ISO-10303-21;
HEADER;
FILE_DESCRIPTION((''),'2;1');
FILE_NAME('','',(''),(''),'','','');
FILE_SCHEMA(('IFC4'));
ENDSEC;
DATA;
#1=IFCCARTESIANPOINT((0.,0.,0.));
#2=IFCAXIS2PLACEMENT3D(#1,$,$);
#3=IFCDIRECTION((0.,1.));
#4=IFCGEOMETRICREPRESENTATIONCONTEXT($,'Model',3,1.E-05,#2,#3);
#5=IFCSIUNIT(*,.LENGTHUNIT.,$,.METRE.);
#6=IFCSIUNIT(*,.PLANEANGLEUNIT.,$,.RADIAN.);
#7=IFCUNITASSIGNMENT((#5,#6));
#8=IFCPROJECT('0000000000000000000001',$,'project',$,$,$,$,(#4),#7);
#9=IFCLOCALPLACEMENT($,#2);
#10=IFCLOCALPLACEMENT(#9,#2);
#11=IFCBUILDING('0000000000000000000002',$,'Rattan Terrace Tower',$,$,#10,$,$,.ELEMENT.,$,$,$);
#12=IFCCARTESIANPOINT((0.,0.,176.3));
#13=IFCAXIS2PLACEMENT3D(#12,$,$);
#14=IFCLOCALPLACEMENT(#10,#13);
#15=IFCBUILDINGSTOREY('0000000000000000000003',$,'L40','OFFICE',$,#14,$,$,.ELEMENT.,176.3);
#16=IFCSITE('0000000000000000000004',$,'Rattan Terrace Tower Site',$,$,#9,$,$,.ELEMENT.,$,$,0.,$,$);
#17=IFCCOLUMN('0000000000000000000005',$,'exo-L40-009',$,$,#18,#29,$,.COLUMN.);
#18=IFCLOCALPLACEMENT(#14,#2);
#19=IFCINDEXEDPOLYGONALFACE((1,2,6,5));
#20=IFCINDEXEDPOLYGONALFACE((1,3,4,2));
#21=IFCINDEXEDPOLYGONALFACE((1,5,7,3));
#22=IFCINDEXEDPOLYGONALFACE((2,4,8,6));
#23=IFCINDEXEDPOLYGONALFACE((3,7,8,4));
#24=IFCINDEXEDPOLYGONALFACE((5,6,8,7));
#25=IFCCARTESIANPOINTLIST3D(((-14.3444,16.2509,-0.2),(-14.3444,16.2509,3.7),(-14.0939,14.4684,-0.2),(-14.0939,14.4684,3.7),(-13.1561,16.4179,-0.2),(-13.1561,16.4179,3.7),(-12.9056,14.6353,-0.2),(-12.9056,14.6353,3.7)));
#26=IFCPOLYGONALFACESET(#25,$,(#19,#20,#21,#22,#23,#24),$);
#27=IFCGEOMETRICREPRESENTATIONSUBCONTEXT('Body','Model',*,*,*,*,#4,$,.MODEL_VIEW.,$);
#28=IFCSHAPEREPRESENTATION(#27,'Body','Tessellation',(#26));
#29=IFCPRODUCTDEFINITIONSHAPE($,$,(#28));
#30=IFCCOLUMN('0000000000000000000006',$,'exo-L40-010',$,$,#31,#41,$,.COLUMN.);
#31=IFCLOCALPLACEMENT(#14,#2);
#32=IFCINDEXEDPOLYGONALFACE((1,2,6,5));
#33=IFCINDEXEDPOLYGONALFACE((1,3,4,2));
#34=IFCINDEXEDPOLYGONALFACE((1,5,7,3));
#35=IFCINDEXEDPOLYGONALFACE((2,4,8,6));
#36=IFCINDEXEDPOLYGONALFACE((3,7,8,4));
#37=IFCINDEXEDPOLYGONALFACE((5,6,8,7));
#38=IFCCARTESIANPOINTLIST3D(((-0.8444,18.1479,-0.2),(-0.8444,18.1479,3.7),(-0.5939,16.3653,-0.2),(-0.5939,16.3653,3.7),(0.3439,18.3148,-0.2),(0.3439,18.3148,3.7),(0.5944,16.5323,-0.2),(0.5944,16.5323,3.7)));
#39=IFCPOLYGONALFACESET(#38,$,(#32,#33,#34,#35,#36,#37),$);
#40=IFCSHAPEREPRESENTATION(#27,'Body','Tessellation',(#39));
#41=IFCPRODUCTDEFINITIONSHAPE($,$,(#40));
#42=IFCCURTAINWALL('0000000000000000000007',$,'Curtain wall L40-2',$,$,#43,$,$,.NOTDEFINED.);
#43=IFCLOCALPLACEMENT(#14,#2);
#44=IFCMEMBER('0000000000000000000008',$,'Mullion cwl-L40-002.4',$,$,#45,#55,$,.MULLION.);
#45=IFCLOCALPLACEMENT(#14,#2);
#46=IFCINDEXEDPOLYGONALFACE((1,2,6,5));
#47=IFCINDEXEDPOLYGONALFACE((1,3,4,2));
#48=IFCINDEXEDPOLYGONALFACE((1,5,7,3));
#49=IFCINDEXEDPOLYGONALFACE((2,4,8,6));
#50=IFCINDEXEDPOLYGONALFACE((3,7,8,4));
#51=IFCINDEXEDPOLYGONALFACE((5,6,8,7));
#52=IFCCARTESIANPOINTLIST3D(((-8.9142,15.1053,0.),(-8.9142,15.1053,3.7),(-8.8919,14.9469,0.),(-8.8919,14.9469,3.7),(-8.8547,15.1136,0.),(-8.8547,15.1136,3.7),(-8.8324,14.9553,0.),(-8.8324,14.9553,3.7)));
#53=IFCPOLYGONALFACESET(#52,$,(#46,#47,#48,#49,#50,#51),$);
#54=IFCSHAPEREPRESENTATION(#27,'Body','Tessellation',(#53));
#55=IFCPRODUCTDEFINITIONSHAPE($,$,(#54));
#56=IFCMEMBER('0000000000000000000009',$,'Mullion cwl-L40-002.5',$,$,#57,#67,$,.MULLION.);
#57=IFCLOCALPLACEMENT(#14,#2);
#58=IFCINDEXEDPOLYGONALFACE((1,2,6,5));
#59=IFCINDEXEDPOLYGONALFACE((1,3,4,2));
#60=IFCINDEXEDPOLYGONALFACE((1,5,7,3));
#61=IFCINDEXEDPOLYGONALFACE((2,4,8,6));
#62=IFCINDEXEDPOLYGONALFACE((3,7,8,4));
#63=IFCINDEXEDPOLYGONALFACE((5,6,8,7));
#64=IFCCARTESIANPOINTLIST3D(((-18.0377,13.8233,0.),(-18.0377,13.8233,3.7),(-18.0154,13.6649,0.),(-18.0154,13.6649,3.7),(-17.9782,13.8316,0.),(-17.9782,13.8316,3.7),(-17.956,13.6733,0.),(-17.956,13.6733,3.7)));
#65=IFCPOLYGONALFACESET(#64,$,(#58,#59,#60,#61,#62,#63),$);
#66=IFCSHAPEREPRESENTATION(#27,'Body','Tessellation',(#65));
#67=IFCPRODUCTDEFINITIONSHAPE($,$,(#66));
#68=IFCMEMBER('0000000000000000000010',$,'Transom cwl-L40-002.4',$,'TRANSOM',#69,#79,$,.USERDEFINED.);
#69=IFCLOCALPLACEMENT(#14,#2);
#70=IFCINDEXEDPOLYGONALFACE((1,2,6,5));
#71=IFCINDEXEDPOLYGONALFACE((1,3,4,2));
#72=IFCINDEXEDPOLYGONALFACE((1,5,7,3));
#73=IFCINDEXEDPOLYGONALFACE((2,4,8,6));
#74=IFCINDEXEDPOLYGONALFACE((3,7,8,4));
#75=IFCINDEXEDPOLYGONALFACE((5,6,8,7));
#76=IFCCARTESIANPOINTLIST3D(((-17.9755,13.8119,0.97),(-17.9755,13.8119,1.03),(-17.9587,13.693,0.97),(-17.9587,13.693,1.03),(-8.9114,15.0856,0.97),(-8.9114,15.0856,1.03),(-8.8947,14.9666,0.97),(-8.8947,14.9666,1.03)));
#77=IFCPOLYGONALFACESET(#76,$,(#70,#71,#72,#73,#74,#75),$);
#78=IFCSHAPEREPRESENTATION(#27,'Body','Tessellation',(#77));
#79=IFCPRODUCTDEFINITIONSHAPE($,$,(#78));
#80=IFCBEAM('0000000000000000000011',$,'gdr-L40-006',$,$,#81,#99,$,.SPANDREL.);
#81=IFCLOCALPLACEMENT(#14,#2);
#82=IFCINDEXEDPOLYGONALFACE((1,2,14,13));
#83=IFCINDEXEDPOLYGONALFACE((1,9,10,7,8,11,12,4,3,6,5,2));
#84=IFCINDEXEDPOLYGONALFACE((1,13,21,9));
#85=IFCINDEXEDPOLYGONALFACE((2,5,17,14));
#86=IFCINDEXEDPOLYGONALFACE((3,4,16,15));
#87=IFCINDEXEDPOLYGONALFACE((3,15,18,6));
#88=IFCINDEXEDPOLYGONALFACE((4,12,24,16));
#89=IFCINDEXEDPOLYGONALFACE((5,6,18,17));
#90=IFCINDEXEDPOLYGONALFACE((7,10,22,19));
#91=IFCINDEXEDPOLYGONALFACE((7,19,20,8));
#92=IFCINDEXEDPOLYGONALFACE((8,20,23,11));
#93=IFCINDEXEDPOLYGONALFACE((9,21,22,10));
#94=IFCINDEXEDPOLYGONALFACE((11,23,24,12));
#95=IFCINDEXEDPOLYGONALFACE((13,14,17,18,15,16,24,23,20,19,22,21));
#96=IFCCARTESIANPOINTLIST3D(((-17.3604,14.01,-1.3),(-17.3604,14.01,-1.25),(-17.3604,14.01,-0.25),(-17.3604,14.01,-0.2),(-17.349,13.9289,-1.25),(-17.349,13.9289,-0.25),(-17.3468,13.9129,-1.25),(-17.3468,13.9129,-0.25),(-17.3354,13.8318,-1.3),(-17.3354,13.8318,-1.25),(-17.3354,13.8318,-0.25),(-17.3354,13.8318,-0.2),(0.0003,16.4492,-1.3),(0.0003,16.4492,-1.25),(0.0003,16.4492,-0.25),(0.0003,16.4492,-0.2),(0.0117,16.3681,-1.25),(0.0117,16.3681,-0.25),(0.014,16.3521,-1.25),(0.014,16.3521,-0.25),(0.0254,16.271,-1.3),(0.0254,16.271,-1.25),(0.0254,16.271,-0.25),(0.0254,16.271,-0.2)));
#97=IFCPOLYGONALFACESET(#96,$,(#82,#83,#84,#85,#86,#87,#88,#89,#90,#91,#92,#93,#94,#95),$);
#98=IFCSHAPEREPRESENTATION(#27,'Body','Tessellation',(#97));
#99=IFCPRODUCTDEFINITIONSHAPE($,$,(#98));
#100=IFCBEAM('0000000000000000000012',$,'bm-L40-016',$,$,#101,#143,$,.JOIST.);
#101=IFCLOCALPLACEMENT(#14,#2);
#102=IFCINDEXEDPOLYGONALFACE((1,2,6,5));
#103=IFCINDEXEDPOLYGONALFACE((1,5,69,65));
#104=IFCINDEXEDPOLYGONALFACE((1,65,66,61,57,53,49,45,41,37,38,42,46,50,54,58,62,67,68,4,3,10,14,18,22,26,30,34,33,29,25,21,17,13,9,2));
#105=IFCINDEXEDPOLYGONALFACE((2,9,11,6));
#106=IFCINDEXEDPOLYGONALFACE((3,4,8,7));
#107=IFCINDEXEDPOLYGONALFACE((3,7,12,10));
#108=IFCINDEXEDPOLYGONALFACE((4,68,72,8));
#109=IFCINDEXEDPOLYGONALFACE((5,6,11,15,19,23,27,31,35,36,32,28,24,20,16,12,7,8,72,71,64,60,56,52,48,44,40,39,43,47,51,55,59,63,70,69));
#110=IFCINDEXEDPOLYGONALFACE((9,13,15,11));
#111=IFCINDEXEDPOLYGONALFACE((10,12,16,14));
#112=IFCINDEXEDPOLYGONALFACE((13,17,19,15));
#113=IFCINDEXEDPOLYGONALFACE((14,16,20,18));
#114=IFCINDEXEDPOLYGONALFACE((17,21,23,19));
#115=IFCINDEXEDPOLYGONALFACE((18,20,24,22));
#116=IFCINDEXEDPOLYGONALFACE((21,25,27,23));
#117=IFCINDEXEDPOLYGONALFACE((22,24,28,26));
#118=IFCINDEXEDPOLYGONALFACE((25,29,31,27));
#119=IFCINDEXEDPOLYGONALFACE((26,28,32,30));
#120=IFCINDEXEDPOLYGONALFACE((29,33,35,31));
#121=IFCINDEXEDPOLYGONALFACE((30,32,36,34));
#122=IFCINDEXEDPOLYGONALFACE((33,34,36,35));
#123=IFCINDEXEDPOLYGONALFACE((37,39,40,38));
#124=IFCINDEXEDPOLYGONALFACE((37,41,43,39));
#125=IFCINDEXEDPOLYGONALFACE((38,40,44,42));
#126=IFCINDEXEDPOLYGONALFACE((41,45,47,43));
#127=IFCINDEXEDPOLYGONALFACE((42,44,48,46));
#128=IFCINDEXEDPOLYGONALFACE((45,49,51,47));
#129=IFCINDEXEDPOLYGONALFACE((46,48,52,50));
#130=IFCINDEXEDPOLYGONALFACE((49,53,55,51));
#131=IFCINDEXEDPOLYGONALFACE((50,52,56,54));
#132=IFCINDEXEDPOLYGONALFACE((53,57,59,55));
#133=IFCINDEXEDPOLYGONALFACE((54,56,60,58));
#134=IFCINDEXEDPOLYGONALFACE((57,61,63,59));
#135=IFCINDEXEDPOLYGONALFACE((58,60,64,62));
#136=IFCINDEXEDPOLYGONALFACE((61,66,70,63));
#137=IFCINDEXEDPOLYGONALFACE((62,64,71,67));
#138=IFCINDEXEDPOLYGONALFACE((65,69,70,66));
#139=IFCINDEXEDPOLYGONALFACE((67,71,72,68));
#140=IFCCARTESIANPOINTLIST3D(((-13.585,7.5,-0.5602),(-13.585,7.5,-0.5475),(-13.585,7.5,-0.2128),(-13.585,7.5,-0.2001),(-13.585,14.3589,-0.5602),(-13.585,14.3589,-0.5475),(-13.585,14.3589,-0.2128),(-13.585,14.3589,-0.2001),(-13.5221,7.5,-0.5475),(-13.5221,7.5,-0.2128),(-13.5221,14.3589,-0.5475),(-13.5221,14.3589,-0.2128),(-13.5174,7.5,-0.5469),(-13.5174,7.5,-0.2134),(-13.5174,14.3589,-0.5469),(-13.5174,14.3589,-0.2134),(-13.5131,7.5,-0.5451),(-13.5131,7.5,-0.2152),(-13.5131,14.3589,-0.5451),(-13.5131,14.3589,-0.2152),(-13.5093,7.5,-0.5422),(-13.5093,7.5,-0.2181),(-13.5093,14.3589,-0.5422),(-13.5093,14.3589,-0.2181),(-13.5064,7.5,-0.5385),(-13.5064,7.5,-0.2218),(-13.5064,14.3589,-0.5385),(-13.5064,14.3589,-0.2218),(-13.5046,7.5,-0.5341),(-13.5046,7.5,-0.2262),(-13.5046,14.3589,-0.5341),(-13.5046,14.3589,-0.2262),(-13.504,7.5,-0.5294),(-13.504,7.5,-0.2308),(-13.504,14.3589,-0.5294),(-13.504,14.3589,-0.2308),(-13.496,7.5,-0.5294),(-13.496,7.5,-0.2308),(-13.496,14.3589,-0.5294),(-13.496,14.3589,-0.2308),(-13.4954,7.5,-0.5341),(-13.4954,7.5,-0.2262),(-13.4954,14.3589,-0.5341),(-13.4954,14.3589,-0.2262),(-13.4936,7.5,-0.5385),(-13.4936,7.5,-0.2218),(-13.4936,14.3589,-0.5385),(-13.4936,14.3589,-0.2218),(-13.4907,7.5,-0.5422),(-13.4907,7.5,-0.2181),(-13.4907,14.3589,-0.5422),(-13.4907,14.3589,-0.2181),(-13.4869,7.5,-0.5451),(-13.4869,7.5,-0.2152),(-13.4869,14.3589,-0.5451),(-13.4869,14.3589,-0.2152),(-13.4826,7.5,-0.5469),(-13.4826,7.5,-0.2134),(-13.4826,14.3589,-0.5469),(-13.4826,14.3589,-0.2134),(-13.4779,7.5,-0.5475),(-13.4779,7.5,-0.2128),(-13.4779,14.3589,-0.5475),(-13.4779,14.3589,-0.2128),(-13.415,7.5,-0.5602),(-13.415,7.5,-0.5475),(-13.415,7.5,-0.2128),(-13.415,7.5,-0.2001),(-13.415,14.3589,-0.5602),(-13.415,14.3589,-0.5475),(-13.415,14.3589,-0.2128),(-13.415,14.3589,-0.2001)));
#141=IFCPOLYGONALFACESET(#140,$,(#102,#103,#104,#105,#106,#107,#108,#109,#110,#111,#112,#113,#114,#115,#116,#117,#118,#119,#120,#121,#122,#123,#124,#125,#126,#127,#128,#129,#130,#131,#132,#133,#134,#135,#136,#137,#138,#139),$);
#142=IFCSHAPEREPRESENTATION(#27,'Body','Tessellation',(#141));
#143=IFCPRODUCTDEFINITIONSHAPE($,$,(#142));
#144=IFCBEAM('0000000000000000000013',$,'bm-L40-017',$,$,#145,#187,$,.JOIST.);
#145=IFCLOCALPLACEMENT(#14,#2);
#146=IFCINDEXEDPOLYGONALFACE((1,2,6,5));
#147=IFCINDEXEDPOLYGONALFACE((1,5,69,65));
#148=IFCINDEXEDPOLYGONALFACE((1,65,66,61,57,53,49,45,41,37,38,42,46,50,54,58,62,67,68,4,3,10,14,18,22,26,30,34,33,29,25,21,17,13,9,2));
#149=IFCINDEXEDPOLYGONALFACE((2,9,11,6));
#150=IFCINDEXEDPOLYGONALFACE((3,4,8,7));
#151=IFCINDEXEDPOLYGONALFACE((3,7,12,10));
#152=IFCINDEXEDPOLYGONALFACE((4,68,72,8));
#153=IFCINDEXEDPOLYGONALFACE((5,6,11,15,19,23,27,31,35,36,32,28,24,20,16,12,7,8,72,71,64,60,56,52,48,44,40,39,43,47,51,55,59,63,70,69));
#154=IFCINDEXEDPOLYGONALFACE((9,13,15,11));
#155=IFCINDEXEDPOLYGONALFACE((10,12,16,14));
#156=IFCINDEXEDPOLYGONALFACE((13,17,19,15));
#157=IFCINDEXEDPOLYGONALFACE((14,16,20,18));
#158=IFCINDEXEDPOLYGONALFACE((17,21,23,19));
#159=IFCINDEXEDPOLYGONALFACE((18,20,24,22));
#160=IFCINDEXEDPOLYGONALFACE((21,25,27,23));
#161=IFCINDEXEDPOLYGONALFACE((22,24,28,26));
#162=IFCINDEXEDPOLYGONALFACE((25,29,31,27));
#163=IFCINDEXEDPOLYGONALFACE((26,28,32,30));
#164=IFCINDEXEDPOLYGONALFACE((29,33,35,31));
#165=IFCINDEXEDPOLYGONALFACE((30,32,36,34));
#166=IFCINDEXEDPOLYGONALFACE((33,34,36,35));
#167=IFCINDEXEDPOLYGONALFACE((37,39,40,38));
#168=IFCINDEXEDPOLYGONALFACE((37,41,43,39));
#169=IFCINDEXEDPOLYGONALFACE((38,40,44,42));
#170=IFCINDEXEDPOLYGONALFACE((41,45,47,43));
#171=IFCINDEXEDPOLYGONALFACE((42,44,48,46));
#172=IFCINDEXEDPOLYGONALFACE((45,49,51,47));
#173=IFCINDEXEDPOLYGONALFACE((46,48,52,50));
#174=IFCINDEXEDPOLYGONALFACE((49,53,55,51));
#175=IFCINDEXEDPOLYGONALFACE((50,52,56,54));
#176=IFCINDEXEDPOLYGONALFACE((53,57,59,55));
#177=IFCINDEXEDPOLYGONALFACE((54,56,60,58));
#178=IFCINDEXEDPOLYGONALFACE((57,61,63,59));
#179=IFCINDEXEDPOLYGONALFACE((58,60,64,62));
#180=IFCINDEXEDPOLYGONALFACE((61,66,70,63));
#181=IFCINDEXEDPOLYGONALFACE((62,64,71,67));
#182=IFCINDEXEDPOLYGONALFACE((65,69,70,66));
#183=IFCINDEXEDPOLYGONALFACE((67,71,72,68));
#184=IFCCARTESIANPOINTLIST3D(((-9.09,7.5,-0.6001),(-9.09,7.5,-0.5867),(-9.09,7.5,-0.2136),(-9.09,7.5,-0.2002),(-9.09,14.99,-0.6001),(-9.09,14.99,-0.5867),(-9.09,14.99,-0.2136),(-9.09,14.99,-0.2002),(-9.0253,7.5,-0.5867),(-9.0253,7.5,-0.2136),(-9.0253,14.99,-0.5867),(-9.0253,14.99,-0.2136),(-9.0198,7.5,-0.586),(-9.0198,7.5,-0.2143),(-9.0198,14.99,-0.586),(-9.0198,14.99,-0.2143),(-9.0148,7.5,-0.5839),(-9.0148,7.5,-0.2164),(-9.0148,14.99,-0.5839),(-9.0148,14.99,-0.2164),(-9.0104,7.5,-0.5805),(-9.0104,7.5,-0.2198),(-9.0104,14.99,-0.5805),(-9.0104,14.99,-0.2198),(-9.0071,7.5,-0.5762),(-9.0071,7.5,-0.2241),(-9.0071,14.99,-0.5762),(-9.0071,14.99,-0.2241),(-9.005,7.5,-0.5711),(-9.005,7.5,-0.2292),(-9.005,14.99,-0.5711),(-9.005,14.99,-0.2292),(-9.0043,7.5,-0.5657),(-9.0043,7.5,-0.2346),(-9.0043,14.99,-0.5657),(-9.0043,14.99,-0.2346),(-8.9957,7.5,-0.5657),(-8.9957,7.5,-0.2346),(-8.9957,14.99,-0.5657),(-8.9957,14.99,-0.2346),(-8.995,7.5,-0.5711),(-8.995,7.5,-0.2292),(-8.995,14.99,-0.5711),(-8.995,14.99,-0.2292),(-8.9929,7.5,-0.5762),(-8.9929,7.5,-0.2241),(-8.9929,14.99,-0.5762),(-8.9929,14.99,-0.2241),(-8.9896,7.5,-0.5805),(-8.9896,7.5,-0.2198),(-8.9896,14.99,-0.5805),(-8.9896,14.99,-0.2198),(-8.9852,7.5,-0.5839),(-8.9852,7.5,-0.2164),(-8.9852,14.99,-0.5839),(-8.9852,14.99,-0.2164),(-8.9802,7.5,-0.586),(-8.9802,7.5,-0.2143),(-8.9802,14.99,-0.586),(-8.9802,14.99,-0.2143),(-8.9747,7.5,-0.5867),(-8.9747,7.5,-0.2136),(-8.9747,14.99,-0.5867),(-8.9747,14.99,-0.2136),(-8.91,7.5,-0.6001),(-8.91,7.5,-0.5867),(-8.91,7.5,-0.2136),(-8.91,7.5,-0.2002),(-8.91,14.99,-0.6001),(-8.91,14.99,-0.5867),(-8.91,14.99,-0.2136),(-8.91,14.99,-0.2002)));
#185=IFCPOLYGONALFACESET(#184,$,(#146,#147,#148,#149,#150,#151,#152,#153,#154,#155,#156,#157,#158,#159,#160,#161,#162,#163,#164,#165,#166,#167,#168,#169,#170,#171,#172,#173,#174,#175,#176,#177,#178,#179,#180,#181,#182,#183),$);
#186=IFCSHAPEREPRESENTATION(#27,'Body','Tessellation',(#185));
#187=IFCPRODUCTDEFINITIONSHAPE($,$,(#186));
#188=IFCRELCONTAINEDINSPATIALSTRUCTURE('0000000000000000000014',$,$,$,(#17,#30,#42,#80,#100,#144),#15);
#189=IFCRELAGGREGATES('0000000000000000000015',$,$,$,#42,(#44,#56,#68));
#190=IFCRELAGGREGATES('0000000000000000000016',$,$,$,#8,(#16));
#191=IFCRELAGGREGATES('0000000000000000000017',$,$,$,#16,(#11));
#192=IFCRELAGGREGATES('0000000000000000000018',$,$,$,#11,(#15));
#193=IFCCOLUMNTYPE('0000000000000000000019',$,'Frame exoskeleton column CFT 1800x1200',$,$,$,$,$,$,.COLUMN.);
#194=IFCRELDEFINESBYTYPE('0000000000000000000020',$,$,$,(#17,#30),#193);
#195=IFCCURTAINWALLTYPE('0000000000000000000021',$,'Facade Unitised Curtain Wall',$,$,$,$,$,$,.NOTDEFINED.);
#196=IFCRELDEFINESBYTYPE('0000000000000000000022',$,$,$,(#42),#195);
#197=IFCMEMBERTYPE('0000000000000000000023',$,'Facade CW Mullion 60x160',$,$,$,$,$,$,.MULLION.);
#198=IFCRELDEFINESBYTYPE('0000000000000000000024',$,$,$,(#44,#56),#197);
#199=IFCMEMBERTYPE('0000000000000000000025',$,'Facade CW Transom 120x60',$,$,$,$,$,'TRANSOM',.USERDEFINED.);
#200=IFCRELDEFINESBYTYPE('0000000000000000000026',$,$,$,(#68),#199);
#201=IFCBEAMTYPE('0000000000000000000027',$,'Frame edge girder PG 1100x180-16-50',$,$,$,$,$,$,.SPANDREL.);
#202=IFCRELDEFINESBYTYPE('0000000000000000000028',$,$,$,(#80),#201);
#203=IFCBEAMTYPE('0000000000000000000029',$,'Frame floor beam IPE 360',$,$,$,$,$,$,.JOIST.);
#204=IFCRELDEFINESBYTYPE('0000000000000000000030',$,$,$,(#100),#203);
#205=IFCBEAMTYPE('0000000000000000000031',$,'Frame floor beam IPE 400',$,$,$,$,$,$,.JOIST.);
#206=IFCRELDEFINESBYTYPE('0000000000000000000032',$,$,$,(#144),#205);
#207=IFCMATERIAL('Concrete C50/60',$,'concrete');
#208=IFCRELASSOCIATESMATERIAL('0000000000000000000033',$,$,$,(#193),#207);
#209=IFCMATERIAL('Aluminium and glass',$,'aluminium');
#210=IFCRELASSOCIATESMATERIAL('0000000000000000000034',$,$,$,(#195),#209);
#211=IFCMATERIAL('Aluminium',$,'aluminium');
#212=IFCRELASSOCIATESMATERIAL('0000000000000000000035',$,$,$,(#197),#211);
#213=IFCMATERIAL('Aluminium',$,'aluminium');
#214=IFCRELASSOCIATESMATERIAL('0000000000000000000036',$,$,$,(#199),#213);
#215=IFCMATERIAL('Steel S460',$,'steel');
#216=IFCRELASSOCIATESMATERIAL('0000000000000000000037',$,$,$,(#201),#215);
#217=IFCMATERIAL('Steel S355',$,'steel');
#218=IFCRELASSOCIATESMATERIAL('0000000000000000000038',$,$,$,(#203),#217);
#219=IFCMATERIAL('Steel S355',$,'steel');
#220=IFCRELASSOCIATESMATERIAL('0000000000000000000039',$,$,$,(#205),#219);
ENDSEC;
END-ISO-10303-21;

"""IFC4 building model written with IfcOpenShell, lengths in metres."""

from ifc_helpers import new_model, si_unit, direction, frame, origin, origin_2d, place, context, subcontext, project, spatial, rectangle, i_section, extrude, material, material_profile, profile_set, type_object, element, aggregate, save


model = new_model("IFC4")

# Units and contexts
model_context = context("Model", 3, precision=1e-05, world=origin(), true_north=direction((0.0, 1.0)))
body_context = subcontext(model_context, "Body", "Model", "MODEL_VIEW")
ifc_project = project(units=[si_unit("LENGTHUNIT", "METRE"), si_unit("PLANEANGLEUNIT", "RADIAN")], contexts=[model_context])

# Site, building, storey
site_placement = place(None, origin())
site = spatial("IfcSite", under=ifc_project, at=site_placement, Name="Rattan Terrace Tower Site", CompositionType="ELEMENT", RefElevation=0.0)
building_placement = place(site_placement, origin())
building = spatial("IfcBuilding", under=site, at=building_placement, Name="Rattan Terrace Tower", CompositionType="ELEMENT")
storey_placement = place(building_placement, frame((0.0, 0.0, 176.3)))
storey = spatial("IfcBuildingStorey", under=building, at=storey_placement, Name="L40", Description="OFFICE", CompositionType="ELEMENT", Elevation=176.3)

# Columns
ifc_material_1 = material(Name="Concrete C50/60", Category="concrete")
ifc_material_profile_1 = material_profile(ifc_material_1, rectangle(XDim=1.2, YDim=1.8, at=origin_2d()), Name="CFT 1800x1200")
ifc_profile_set_1 = profile_set([ifc_material_profile_1], Name="Concrete C50/60")
column_type = type_object("IfcColumnType", Name="Frame exoskeleton column CFT 1800x1200", PredefinedType="COLUMN", material=ifc_profile_set_1)
for number, where, z_axis, x_axis, name in (
    (1, (-13.625, 15.4431, -0.2), (0.0, 0.0, 1.0), (0.99027, 0.139156, 0.0), "exo-L40-009"),
    (2, (-0.125, 17.3401, -0.2), (0.0, 0.0, 1.0), (0.99027, 0.139156, 0.0), "exo-L40-010"),
):
    element("IfcColumn", number, at=place(storey_placement, frame(where, z_axis=z_axis, x_axis=x_axis)), inside=storey, type_object=column_type, Name=name, PredefinedType="COLUMN", context=body_context, shape_type="SweptSolid", body=[
        extrude(rectangle(XDim=1.2, YDim=1.8, at=origin_2d()), origin(), (0.0, 0.0, 1.0), 3.8999),
    ])

# Curtain wall, members
ifc_material_2 = material(Name="Aluminium and glass", Category="aluminium")
curtain_wall_type = type_object("IfcCurtainWallType", Name="Facade Unitised Curtain Wall", PredefinedType="NOTDEFINED", material=ifc_material_2)
curtain_wall_placement = place(storey_placement, origin())
curtain_wall = element("IfcCurtainWall", 3, at=curtain_wall_placement, inside=storey, type_object=curtain_wall_type, Name="Curtain wall L40-2", PredefinedType="NOTDEFINED")
ifc_material_3 = material(Name="Aluminium", Category="aluminium")
ifc_material_profile_2 = material_profile(ifc_material_3, rectangle(XDim=0.0601, YDim=0.1599, at=origin_2d()), Name="Aluminium 60x160")
ifc_profile_set_2 = profile_set([ifc_material_profile_2], Name="Aluminium")
member_type_1 = type_object("IfcMemberType", Name="Facade CW Mullion 60x160", PredefinedType="MULLION", material=ifc_profile_set_2)
member_1_placement = place(storey_placement, frame((-8.8733, 15.0303, 0.0), z_axis=(0.0, 0.0, 1.0), x_axis=(-0.99027, -0.139161, 0.0)))
member_1 = element("IfcMember", 4, at=member_1_placement, type_object=member_type_1, Name="Mullion cwl-L40-002.4", PredefinedType="MULLION", context=body_context, shape_type="SweptSolid", body=[
    extrude(rectangle(XDim=0.0601, YDim=0.1599, at=origin_2d()), origin(), (0.0, 0.0, 1.0), 3.7),
])
member_2_placement = place(storey_placement, frame((-17.9968, 13.7483, 0.0), z_axis=(0.0, 0.0, 1.0), x_axis=(-0.99027, -0.139161, 0.0)))
member_2 = element("IfcMember", 5, at=member_2_placement, type_object=member_type_1, Name="Mullion cwl-L40-002.5", PredefinedType="MULLION", context=body_context, shape_type="SweptSolid", body=[
    extrude(rectangle(XDim=0.0601, YDim=0.1599, at=origin_2d()), origin(), (0.0, 0.0, 1.0), 3.7),
])
ifc_material_4 = material(Name="Aluminium", Category="aluminium")
ifc_material_profile_3 = material_profile(ifc_material_4, rectangle(XDim=0.1201, YDim=0.0601, at=origin_2d()), Name="Aluminium 120x60")
ifc_profile_set_3 = profile_set([ifc_material_profile_3], Name="Aluminium")
member_type_2 = type_object("IfcMemberType", Name="Facade CW Transom 120x60", ElementType="TRANSOM", PredefinedType="USERDEFINED", material=ifc_profile_set_3)
member_3_placement = place(storey_placement, frame((-8.9031, 15.0261, 1.0), z_axis=(-0.990271, -0.139154, 0.0), x_axis=(0.139154, -0.990271, 0.0)))
member_3 = element("IfcMember", 6, at=member_3_placement, type_object=member_type_2, Name="Transom cwl-L40-002.4", ObjectType="TRANSOM", PredefinedType="USERDEFINED", context=body_context, shape_type="SweptSolid", body=[
    extrude(rectangle(XDim=0.1201, YDim=0.0601, at=origin_2d()), origin(), (0.0, 0.0, 1.0), 9.1531),
])

# Beams
ifc_material_5 = material(Name="Steel S460", Category="steel")
ifc_material_profile_4 = material_profile(ifc_material_5, i_section(OverallWidth=0.1799, OverallDepth=1.1001, WebThickness=0.0161, FlangeThickness=0.05, at=origin_2d()), Name="PG 1100x180-16-50")
ifc_profile_set_4 = profile_set([ifc_material_profile_4], Name="Steel S460")
beam_type_1 = type_object("IfcBeamType", Name="Frame edge girder PG 1100x180-16-50", PredefinedType="SPANDREL", material=ifc_profile_set_4)
beam_1_placement = place(storey_placement, frame((-17.3479, 13.9209, -0.75), z_axis=(0.990274, 0.139134, 0.0), x_axis=(-0.139134, 0.990274, 0.0)))
element("IfcBeam", 7, at=beam_1_placement, inside=storey, type_object=beam_type_1, Name="gdr-L40-006", PredefinedType="SPANDREL", context=body_context, shape_type="SweptSolid", body=[
    extrude(i_section(OverallWidth=0.1799, OverallDepth=1.1001, WebThickness=0.0161, FlangeThickness=0.05, at=origin_2d()), origin(), (0.0, 0.0, 1.0), 17.5312),
])
ifc_material_6 = material(Name="Steel S355", Category="steel")
ifc_material_profile_5 = material_profile(ifc_material_6, i_section(OverallWidth=0.1699, OverallDepth=0.3601, WebThickness=0.0081, FlangeThickness=0.0127, FilletRadius=0.0181, at=origin_2d()), Name="IPE 360")
ifc_profile_set_5 = profile_set([ifc_material_profile_5], Name="Steel S355")
beam_type_2 = type_object("IfcBeamType", Name="Frame floor beam IPE 360", PredefinedType="JOIST", material=ifc_profile_set_5)
beam_2_placement = place(storey_placement, frame((-13.5, 7.5, -0.3801), z_axis=(0.0, 1.0, 0.0), x_axis=(-1.0, 0.0, 0.0)))
element("IfcBeam", 8, at=beam_2_placement, inside=storey, type_object=beam_type_2, Name="bm-L40-016", PredefinedType="JOIST", context=body_context, shape_type="SweptSolid", body=[
    extrude(i_section(OverallWidth=0.1699, OverallDepth=0.3601, WebThickness=0.0081, FlangeThickness=0.0127, FilletRadius=0.0181, at=origin_2d()), origin(), (0.0, 0.0, 1.0), 6.8589),
])
ifc_material_7 = material(Name="Steel S355", Category="steel")
ifc_material_profile_6 = material_profile(ifc_material_7, i_section(OverallWidth=0.1799, OverallDepth=0.3999, WebThickness=0.0085, FlangeThickness=0.0134, FilletRadius=0.021, at=origin_2d()), Name="IPE 400")
ifc_profile_set_6 = profile_set([ifc_material_profile_6], Name="Steel S355")
beam_type_3 = type_object("IfcBeamType", Name="Frame floor beam IPE 400", PredefinedType="JOIST", material=ifc_profile_set_6)
beam_3_placement = place(storey_placement, frame((-9.0, 7.5, -0.4001), z_axis=(0.0, 1.0, 0.0), x_axis=(-1.0, 0.0, 0.0)))
element("IfcBeam", 9, at=beam_3_placement, inside=storey, type_object=beam_type_3, Name="bm-L40-017", PredefinedType="JOIST", context=body_context, shape_type="SweptSolid", body=[
    extrude(i_section(OverallWidth=0.1799, OverallDepth=0.3999, WebThickness=0.0085, FlangeThickness=0.0134, FilletRadius=0.021, at=origin_2d()), origin(), (0.0, 0.0, 1.0), 7.49),
])

aggregate(curtain_wall, [member_1, member_2, member_3])

save(model, "model.ifc")
